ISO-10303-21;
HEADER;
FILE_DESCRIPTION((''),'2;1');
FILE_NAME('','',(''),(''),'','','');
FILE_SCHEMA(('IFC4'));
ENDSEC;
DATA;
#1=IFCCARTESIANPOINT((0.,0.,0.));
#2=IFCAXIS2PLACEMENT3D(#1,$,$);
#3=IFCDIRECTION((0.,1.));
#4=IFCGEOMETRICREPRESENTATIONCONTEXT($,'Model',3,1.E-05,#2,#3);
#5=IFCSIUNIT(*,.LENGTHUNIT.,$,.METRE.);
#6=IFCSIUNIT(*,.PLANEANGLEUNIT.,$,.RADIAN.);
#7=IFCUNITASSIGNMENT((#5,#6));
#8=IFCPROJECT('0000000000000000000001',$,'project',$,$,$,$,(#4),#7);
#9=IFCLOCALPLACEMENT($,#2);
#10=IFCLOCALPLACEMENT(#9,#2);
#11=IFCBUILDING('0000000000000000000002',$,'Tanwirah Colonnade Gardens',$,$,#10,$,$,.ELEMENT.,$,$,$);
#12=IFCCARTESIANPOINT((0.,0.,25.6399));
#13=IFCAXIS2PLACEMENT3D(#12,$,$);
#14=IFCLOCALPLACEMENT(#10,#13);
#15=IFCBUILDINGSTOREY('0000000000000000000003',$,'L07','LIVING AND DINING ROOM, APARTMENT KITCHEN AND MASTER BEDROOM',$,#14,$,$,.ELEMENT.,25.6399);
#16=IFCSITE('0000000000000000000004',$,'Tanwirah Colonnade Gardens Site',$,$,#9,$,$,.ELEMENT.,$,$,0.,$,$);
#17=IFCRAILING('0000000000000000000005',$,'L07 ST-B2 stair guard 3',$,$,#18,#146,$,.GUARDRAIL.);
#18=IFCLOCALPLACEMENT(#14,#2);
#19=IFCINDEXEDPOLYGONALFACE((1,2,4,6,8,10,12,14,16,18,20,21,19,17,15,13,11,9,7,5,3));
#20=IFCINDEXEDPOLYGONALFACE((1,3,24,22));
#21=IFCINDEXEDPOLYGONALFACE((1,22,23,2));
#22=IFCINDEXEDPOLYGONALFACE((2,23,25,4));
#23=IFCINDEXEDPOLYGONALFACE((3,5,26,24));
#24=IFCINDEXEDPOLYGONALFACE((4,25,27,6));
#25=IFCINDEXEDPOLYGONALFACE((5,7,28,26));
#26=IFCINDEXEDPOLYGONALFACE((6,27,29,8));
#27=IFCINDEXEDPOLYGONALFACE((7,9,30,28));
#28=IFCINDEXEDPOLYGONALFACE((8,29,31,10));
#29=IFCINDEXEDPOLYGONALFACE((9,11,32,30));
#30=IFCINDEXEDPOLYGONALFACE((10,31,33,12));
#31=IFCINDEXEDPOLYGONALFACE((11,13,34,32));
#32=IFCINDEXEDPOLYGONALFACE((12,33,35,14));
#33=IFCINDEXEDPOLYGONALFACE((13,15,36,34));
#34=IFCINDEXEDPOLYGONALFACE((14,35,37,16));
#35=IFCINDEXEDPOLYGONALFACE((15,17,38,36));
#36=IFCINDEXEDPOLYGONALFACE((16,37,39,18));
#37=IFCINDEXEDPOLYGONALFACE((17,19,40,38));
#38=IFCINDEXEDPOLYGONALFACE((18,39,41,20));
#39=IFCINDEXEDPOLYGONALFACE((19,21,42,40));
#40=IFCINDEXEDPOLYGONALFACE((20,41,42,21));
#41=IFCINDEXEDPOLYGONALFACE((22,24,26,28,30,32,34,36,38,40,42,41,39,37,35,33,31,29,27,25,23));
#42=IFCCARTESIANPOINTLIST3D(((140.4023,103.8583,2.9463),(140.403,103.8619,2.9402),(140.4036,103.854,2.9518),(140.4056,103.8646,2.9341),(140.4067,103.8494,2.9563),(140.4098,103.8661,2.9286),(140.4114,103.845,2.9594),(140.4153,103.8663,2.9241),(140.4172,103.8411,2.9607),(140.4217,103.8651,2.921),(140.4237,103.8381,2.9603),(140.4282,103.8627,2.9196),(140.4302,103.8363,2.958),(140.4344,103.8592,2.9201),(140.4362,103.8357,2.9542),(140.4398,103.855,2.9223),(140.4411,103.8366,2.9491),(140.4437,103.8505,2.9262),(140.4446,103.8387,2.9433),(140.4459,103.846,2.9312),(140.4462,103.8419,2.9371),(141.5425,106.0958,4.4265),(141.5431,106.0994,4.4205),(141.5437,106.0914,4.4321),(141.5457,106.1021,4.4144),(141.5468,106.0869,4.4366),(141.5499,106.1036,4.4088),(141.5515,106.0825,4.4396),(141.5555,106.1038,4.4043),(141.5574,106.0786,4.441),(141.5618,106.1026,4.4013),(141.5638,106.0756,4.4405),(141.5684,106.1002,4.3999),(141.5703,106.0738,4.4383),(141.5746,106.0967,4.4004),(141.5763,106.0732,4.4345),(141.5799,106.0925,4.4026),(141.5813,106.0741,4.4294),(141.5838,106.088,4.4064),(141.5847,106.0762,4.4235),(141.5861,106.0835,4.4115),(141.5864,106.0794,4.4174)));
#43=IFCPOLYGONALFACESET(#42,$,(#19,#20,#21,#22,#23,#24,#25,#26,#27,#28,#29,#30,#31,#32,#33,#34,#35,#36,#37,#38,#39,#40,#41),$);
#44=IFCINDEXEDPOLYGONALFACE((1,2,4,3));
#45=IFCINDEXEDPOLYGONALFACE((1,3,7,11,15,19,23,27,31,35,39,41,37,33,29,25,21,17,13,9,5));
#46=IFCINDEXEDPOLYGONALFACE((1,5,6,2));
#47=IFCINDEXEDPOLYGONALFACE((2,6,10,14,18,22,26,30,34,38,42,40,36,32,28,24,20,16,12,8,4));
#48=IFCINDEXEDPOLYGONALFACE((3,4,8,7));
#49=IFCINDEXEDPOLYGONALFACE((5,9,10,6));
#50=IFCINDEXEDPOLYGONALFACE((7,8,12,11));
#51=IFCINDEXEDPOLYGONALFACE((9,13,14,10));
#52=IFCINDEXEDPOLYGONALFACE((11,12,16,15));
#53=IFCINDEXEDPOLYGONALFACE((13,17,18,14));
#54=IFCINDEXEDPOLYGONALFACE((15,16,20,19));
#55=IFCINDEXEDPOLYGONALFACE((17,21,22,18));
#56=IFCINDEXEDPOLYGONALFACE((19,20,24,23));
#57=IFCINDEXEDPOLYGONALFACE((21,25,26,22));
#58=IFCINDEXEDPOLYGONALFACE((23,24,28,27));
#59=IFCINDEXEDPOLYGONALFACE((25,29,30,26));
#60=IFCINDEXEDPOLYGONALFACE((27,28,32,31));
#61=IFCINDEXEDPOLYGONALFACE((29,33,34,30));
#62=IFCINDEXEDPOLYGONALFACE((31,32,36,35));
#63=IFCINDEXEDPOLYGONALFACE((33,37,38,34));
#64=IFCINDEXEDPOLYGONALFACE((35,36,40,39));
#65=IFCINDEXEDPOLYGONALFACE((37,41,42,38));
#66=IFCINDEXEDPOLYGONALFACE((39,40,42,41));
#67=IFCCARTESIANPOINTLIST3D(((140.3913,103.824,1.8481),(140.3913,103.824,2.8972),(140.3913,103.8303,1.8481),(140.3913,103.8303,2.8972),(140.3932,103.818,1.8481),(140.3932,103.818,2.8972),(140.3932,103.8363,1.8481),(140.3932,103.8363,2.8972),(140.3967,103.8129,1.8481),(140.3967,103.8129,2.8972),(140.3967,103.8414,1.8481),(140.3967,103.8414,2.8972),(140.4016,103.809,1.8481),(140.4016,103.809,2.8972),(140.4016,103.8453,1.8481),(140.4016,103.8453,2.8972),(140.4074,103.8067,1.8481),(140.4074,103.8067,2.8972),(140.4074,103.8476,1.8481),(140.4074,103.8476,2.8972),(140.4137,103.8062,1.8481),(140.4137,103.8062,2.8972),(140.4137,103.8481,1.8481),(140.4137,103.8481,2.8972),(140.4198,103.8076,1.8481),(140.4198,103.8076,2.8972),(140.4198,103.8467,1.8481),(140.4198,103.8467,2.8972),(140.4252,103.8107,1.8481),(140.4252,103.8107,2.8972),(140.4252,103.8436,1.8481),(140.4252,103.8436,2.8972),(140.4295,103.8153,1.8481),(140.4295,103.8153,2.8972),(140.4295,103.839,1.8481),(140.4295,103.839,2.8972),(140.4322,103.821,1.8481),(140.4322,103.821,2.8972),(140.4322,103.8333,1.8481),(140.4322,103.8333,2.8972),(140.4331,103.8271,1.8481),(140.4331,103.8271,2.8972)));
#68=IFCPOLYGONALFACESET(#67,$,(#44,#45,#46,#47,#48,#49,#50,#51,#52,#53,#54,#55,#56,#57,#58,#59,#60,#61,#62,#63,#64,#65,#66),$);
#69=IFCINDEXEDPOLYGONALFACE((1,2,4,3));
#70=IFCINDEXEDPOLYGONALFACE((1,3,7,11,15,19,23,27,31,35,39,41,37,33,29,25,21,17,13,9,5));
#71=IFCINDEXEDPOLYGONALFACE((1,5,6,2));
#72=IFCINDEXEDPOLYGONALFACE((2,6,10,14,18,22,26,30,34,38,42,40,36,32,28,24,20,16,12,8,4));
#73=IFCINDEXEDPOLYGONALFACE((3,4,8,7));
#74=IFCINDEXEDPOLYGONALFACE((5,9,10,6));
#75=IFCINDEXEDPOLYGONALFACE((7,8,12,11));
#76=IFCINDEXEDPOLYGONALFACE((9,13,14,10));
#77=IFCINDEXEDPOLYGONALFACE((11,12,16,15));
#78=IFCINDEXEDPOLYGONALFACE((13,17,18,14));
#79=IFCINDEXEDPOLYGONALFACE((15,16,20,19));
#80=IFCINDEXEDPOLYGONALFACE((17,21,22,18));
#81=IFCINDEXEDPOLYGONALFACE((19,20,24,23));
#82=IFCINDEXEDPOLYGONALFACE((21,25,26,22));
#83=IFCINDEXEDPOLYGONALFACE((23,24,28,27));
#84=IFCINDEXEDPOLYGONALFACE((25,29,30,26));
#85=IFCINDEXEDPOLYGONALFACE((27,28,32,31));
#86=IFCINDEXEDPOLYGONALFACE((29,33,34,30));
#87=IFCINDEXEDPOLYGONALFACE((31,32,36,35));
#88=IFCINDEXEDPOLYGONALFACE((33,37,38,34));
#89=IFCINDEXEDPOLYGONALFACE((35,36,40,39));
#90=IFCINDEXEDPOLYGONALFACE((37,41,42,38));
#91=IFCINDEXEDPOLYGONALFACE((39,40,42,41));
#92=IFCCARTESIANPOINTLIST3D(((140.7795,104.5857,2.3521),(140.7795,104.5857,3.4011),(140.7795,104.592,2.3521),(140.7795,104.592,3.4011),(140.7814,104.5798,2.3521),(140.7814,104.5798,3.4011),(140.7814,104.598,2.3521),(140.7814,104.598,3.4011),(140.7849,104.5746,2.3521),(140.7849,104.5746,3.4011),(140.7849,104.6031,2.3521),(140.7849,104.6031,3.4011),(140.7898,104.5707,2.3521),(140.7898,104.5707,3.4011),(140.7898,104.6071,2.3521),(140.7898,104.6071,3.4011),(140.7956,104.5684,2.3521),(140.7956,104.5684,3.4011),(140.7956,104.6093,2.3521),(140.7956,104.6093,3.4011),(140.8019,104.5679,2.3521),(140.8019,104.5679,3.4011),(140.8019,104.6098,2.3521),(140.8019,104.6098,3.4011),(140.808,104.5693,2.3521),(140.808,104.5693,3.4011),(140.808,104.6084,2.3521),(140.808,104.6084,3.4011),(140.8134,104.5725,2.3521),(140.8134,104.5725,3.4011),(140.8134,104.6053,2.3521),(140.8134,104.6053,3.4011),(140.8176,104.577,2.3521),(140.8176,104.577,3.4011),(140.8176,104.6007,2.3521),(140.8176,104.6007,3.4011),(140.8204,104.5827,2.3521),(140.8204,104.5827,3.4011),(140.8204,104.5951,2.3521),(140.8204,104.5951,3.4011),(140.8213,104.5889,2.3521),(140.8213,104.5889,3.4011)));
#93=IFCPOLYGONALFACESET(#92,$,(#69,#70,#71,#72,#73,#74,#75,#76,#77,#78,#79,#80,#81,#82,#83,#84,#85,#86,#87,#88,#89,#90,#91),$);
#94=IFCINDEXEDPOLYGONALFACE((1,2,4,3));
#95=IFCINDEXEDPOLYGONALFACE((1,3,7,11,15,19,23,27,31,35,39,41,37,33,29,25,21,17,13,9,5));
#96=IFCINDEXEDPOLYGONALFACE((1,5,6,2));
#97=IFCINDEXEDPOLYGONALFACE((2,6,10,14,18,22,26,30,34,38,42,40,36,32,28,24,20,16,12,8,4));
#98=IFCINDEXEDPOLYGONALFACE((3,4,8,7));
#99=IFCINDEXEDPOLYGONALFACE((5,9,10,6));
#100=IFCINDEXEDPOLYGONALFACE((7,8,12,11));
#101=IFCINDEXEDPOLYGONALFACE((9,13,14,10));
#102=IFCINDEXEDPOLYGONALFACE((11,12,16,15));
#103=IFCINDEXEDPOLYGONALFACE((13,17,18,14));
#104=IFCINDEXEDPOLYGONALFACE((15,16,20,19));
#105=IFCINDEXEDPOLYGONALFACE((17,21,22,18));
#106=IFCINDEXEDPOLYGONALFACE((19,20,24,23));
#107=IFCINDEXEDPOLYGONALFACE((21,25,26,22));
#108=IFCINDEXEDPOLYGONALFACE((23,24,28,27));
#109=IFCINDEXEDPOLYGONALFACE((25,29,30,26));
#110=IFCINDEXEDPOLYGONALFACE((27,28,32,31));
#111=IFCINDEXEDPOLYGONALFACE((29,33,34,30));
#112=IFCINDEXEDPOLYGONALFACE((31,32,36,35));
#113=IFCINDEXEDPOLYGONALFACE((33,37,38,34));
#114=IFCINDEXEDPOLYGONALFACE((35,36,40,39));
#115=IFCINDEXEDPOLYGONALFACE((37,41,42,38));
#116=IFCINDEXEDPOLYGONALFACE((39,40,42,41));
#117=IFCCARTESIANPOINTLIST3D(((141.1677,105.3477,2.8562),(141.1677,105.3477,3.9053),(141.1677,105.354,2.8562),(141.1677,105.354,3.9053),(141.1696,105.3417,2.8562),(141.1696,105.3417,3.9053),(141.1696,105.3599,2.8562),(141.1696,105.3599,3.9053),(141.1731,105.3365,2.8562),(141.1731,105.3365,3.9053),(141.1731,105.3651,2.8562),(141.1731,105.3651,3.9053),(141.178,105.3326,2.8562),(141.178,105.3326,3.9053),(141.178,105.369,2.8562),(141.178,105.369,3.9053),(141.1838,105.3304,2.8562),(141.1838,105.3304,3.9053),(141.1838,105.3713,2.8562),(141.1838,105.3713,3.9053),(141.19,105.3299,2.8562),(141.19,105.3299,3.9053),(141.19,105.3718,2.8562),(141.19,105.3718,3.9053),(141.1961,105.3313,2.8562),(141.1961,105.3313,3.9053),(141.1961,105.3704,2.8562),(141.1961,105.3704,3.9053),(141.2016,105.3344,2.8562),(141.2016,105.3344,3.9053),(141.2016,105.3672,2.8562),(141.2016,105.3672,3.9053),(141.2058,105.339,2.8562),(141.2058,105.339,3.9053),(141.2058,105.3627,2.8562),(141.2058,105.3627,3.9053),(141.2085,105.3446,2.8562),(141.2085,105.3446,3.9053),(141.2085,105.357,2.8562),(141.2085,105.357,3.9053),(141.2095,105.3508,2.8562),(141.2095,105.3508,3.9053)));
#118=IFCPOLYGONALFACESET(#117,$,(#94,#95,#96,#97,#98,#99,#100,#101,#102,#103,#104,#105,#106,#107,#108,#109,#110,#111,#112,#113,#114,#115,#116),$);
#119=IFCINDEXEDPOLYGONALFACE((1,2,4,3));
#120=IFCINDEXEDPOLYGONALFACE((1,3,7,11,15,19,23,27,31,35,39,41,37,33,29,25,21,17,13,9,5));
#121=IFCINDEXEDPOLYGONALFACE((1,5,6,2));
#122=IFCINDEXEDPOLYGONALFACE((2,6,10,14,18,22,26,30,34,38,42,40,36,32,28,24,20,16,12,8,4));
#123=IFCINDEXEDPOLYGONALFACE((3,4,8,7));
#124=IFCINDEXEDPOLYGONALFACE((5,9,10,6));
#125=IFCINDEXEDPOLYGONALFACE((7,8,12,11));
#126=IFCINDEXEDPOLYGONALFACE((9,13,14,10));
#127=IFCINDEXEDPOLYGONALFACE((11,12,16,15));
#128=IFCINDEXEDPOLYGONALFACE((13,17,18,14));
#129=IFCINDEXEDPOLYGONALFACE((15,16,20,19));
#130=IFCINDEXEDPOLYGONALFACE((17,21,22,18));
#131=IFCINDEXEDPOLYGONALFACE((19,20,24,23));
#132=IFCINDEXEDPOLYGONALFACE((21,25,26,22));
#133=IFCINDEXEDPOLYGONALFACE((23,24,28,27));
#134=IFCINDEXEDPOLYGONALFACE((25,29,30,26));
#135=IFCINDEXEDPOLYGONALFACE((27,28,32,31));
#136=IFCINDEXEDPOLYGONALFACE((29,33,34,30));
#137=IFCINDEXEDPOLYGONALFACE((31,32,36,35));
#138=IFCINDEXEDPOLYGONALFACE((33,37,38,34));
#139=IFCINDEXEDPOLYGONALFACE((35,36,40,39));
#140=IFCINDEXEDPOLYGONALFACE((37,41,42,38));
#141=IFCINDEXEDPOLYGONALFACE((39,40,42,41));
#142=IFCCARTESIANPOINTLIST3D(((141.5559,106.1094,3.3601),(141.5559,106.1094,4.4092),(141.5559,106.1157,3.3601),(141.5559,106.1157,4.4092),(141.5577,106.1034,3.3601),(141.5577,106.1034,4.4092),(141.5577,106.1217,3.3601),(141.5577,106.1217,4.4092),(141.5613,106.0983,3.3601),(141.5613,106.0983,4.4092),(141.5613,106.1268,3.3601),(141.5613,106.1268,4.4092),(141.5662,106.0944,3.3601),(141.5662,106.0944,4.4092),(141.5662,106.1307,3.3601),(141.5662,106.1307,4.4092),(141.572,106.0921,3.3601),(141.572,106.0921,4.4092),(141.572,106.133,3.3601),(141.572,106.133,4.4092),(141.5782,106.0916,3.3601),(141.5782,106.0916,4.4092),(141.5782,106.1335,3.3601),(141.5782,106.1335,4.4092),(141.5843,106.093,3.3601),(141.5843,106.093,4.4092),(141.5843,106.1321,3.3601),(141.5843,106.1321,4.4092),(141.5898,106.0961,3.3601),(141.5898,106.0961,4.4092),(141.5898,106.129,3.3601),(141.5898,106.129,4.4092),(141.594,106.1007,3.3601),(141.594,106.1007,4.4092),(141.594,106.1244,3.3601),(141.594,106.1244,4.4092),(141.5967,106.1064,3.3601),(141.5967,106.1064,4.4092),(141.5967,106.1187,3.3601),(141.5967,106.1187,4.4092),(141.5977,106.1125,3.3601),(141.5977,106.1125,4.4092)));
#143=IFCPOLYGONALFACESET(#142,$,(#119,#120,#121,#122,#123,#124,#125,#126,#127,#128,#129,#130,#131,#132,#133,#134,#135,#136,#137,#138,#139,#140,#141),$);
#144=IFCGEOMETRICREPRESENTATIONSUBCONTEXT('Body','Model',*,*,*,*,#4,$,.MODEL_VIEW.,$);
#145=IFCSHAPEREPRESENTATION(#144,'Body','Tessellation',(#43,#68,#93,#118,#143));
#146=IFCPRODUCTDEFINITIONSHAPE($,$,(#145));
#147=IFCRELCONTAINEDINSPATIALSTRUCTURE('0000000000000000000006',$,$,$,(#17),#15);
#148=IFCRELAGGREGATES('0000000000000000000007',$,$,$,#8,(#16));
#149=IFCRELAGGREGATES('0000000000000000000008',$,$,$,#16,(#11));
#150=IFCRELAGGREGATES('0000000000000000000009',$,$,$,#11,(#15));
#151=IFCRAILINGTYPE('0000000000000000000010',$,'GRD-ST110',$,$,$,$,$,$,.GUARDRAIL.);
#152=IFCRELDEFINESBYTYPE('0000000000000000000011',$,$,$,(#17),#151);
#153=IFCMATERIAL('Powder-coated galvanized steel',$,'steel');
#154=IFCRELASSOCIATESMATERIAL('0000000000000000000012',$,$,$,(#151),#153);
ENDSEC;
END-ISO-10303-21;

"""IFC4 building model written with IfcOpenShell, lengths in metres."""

from ifc_helpers import new_model, si_unit, direction, frame, origin, origin_2d, place, context, subcontext, project, spatial, circle, extrude, material, type_object, element, save


model = new_model("IFC4")

# Units and contexts
model_context = context("Model", 3, precision=1e-05, world=origin(), true_north=direction((0.0, 1.0)))
body_context = subcontext(model_context, "Body", "Model", "MODEL_VIEW")
ifc_project = project(units=[si_unit("LENGTHUNIT", "METRE"), si_unit("PLANEANGLEUNIT", "RADIAN")], contexts=[model_context])

# Site, building, storey
site_placement = place(None, origin())
site = spatial("IfcSite", under=ifc_project, at=site_placement, Name="Tanwirah Colonnade Gardens Site", CompositionType="ELEMENT", RefElevation=0.0)
building_placement = place(site_placement, origin())
building = spatial("IfcBuilding", under=site, at=building_placement, Name="Tanwirah Colonnade Gardens", CompositionType="ELEMENT")
storey_placement = place(building_placement, frame((0.0, 0.0, 25.6399)))
storey = spatial("IfcBuildingStorey", under=building, at=storey_placement, Name="L07", Description="LIVING AND DINING ROOM, APARTMENT KITCHEN AND MASTER BEDROOM", CompositionType="ELEMENT", Elevation=25.6399)

# Railing
ifc_material_1 = material(Name="Powder-coated galvanized steel", Category="steel")
railing_type_1 = type_object("IfcRailingType", Name="GRD-ST110", PredefinedType="GUARDRAIL", material=ifc_material_1)
railing_1_placement = place(storey_placement, frame((140.4121, 103.8271, 1.8481)))
element("IfcRailing", 1, at=railing_1_placement, inside=storey, type_object=railing_type_1, Name="L07 ST-B2 stair guard 3", PredefinedType="GUARDRAIL", context=body_context, shape_type="SweptSolid", body=[
    extrude(circle(Radius=0.0239, at=origin_2d()), frame((0.0122, 0.0239, 1.092), z_axis=(0.391122, 0.767567, 0.507803), x_axis=(-0.890994, 0.454016, 0.0)), (0.0, 0.0, 1.0), 2.915),
    extrude(circle(Radius=0.021, at=origin_2d()), origin(), (0.0, 0.0, 1.0), 1.0491),
    extrude(circle(Radius=0.021, at=origin_2d()), frame((0.3882, 0.7617, 0.5039)), (0.0, 0.0, 1.0), 1.0491),
    extrude(circle(Radius=0.021, at=origin_2d()), frame((0.7764, 1.5237, 1.0081)), (0.0, 0.0, 1.0), 1.0491),
    extrude(circle(Radius=0.021, at=origin_2d()), frame((1.1646, 2.2854, 1.512)), (0.0, 0.0, 1.0), 1.0491),
])

save(model, "model.ifc")
